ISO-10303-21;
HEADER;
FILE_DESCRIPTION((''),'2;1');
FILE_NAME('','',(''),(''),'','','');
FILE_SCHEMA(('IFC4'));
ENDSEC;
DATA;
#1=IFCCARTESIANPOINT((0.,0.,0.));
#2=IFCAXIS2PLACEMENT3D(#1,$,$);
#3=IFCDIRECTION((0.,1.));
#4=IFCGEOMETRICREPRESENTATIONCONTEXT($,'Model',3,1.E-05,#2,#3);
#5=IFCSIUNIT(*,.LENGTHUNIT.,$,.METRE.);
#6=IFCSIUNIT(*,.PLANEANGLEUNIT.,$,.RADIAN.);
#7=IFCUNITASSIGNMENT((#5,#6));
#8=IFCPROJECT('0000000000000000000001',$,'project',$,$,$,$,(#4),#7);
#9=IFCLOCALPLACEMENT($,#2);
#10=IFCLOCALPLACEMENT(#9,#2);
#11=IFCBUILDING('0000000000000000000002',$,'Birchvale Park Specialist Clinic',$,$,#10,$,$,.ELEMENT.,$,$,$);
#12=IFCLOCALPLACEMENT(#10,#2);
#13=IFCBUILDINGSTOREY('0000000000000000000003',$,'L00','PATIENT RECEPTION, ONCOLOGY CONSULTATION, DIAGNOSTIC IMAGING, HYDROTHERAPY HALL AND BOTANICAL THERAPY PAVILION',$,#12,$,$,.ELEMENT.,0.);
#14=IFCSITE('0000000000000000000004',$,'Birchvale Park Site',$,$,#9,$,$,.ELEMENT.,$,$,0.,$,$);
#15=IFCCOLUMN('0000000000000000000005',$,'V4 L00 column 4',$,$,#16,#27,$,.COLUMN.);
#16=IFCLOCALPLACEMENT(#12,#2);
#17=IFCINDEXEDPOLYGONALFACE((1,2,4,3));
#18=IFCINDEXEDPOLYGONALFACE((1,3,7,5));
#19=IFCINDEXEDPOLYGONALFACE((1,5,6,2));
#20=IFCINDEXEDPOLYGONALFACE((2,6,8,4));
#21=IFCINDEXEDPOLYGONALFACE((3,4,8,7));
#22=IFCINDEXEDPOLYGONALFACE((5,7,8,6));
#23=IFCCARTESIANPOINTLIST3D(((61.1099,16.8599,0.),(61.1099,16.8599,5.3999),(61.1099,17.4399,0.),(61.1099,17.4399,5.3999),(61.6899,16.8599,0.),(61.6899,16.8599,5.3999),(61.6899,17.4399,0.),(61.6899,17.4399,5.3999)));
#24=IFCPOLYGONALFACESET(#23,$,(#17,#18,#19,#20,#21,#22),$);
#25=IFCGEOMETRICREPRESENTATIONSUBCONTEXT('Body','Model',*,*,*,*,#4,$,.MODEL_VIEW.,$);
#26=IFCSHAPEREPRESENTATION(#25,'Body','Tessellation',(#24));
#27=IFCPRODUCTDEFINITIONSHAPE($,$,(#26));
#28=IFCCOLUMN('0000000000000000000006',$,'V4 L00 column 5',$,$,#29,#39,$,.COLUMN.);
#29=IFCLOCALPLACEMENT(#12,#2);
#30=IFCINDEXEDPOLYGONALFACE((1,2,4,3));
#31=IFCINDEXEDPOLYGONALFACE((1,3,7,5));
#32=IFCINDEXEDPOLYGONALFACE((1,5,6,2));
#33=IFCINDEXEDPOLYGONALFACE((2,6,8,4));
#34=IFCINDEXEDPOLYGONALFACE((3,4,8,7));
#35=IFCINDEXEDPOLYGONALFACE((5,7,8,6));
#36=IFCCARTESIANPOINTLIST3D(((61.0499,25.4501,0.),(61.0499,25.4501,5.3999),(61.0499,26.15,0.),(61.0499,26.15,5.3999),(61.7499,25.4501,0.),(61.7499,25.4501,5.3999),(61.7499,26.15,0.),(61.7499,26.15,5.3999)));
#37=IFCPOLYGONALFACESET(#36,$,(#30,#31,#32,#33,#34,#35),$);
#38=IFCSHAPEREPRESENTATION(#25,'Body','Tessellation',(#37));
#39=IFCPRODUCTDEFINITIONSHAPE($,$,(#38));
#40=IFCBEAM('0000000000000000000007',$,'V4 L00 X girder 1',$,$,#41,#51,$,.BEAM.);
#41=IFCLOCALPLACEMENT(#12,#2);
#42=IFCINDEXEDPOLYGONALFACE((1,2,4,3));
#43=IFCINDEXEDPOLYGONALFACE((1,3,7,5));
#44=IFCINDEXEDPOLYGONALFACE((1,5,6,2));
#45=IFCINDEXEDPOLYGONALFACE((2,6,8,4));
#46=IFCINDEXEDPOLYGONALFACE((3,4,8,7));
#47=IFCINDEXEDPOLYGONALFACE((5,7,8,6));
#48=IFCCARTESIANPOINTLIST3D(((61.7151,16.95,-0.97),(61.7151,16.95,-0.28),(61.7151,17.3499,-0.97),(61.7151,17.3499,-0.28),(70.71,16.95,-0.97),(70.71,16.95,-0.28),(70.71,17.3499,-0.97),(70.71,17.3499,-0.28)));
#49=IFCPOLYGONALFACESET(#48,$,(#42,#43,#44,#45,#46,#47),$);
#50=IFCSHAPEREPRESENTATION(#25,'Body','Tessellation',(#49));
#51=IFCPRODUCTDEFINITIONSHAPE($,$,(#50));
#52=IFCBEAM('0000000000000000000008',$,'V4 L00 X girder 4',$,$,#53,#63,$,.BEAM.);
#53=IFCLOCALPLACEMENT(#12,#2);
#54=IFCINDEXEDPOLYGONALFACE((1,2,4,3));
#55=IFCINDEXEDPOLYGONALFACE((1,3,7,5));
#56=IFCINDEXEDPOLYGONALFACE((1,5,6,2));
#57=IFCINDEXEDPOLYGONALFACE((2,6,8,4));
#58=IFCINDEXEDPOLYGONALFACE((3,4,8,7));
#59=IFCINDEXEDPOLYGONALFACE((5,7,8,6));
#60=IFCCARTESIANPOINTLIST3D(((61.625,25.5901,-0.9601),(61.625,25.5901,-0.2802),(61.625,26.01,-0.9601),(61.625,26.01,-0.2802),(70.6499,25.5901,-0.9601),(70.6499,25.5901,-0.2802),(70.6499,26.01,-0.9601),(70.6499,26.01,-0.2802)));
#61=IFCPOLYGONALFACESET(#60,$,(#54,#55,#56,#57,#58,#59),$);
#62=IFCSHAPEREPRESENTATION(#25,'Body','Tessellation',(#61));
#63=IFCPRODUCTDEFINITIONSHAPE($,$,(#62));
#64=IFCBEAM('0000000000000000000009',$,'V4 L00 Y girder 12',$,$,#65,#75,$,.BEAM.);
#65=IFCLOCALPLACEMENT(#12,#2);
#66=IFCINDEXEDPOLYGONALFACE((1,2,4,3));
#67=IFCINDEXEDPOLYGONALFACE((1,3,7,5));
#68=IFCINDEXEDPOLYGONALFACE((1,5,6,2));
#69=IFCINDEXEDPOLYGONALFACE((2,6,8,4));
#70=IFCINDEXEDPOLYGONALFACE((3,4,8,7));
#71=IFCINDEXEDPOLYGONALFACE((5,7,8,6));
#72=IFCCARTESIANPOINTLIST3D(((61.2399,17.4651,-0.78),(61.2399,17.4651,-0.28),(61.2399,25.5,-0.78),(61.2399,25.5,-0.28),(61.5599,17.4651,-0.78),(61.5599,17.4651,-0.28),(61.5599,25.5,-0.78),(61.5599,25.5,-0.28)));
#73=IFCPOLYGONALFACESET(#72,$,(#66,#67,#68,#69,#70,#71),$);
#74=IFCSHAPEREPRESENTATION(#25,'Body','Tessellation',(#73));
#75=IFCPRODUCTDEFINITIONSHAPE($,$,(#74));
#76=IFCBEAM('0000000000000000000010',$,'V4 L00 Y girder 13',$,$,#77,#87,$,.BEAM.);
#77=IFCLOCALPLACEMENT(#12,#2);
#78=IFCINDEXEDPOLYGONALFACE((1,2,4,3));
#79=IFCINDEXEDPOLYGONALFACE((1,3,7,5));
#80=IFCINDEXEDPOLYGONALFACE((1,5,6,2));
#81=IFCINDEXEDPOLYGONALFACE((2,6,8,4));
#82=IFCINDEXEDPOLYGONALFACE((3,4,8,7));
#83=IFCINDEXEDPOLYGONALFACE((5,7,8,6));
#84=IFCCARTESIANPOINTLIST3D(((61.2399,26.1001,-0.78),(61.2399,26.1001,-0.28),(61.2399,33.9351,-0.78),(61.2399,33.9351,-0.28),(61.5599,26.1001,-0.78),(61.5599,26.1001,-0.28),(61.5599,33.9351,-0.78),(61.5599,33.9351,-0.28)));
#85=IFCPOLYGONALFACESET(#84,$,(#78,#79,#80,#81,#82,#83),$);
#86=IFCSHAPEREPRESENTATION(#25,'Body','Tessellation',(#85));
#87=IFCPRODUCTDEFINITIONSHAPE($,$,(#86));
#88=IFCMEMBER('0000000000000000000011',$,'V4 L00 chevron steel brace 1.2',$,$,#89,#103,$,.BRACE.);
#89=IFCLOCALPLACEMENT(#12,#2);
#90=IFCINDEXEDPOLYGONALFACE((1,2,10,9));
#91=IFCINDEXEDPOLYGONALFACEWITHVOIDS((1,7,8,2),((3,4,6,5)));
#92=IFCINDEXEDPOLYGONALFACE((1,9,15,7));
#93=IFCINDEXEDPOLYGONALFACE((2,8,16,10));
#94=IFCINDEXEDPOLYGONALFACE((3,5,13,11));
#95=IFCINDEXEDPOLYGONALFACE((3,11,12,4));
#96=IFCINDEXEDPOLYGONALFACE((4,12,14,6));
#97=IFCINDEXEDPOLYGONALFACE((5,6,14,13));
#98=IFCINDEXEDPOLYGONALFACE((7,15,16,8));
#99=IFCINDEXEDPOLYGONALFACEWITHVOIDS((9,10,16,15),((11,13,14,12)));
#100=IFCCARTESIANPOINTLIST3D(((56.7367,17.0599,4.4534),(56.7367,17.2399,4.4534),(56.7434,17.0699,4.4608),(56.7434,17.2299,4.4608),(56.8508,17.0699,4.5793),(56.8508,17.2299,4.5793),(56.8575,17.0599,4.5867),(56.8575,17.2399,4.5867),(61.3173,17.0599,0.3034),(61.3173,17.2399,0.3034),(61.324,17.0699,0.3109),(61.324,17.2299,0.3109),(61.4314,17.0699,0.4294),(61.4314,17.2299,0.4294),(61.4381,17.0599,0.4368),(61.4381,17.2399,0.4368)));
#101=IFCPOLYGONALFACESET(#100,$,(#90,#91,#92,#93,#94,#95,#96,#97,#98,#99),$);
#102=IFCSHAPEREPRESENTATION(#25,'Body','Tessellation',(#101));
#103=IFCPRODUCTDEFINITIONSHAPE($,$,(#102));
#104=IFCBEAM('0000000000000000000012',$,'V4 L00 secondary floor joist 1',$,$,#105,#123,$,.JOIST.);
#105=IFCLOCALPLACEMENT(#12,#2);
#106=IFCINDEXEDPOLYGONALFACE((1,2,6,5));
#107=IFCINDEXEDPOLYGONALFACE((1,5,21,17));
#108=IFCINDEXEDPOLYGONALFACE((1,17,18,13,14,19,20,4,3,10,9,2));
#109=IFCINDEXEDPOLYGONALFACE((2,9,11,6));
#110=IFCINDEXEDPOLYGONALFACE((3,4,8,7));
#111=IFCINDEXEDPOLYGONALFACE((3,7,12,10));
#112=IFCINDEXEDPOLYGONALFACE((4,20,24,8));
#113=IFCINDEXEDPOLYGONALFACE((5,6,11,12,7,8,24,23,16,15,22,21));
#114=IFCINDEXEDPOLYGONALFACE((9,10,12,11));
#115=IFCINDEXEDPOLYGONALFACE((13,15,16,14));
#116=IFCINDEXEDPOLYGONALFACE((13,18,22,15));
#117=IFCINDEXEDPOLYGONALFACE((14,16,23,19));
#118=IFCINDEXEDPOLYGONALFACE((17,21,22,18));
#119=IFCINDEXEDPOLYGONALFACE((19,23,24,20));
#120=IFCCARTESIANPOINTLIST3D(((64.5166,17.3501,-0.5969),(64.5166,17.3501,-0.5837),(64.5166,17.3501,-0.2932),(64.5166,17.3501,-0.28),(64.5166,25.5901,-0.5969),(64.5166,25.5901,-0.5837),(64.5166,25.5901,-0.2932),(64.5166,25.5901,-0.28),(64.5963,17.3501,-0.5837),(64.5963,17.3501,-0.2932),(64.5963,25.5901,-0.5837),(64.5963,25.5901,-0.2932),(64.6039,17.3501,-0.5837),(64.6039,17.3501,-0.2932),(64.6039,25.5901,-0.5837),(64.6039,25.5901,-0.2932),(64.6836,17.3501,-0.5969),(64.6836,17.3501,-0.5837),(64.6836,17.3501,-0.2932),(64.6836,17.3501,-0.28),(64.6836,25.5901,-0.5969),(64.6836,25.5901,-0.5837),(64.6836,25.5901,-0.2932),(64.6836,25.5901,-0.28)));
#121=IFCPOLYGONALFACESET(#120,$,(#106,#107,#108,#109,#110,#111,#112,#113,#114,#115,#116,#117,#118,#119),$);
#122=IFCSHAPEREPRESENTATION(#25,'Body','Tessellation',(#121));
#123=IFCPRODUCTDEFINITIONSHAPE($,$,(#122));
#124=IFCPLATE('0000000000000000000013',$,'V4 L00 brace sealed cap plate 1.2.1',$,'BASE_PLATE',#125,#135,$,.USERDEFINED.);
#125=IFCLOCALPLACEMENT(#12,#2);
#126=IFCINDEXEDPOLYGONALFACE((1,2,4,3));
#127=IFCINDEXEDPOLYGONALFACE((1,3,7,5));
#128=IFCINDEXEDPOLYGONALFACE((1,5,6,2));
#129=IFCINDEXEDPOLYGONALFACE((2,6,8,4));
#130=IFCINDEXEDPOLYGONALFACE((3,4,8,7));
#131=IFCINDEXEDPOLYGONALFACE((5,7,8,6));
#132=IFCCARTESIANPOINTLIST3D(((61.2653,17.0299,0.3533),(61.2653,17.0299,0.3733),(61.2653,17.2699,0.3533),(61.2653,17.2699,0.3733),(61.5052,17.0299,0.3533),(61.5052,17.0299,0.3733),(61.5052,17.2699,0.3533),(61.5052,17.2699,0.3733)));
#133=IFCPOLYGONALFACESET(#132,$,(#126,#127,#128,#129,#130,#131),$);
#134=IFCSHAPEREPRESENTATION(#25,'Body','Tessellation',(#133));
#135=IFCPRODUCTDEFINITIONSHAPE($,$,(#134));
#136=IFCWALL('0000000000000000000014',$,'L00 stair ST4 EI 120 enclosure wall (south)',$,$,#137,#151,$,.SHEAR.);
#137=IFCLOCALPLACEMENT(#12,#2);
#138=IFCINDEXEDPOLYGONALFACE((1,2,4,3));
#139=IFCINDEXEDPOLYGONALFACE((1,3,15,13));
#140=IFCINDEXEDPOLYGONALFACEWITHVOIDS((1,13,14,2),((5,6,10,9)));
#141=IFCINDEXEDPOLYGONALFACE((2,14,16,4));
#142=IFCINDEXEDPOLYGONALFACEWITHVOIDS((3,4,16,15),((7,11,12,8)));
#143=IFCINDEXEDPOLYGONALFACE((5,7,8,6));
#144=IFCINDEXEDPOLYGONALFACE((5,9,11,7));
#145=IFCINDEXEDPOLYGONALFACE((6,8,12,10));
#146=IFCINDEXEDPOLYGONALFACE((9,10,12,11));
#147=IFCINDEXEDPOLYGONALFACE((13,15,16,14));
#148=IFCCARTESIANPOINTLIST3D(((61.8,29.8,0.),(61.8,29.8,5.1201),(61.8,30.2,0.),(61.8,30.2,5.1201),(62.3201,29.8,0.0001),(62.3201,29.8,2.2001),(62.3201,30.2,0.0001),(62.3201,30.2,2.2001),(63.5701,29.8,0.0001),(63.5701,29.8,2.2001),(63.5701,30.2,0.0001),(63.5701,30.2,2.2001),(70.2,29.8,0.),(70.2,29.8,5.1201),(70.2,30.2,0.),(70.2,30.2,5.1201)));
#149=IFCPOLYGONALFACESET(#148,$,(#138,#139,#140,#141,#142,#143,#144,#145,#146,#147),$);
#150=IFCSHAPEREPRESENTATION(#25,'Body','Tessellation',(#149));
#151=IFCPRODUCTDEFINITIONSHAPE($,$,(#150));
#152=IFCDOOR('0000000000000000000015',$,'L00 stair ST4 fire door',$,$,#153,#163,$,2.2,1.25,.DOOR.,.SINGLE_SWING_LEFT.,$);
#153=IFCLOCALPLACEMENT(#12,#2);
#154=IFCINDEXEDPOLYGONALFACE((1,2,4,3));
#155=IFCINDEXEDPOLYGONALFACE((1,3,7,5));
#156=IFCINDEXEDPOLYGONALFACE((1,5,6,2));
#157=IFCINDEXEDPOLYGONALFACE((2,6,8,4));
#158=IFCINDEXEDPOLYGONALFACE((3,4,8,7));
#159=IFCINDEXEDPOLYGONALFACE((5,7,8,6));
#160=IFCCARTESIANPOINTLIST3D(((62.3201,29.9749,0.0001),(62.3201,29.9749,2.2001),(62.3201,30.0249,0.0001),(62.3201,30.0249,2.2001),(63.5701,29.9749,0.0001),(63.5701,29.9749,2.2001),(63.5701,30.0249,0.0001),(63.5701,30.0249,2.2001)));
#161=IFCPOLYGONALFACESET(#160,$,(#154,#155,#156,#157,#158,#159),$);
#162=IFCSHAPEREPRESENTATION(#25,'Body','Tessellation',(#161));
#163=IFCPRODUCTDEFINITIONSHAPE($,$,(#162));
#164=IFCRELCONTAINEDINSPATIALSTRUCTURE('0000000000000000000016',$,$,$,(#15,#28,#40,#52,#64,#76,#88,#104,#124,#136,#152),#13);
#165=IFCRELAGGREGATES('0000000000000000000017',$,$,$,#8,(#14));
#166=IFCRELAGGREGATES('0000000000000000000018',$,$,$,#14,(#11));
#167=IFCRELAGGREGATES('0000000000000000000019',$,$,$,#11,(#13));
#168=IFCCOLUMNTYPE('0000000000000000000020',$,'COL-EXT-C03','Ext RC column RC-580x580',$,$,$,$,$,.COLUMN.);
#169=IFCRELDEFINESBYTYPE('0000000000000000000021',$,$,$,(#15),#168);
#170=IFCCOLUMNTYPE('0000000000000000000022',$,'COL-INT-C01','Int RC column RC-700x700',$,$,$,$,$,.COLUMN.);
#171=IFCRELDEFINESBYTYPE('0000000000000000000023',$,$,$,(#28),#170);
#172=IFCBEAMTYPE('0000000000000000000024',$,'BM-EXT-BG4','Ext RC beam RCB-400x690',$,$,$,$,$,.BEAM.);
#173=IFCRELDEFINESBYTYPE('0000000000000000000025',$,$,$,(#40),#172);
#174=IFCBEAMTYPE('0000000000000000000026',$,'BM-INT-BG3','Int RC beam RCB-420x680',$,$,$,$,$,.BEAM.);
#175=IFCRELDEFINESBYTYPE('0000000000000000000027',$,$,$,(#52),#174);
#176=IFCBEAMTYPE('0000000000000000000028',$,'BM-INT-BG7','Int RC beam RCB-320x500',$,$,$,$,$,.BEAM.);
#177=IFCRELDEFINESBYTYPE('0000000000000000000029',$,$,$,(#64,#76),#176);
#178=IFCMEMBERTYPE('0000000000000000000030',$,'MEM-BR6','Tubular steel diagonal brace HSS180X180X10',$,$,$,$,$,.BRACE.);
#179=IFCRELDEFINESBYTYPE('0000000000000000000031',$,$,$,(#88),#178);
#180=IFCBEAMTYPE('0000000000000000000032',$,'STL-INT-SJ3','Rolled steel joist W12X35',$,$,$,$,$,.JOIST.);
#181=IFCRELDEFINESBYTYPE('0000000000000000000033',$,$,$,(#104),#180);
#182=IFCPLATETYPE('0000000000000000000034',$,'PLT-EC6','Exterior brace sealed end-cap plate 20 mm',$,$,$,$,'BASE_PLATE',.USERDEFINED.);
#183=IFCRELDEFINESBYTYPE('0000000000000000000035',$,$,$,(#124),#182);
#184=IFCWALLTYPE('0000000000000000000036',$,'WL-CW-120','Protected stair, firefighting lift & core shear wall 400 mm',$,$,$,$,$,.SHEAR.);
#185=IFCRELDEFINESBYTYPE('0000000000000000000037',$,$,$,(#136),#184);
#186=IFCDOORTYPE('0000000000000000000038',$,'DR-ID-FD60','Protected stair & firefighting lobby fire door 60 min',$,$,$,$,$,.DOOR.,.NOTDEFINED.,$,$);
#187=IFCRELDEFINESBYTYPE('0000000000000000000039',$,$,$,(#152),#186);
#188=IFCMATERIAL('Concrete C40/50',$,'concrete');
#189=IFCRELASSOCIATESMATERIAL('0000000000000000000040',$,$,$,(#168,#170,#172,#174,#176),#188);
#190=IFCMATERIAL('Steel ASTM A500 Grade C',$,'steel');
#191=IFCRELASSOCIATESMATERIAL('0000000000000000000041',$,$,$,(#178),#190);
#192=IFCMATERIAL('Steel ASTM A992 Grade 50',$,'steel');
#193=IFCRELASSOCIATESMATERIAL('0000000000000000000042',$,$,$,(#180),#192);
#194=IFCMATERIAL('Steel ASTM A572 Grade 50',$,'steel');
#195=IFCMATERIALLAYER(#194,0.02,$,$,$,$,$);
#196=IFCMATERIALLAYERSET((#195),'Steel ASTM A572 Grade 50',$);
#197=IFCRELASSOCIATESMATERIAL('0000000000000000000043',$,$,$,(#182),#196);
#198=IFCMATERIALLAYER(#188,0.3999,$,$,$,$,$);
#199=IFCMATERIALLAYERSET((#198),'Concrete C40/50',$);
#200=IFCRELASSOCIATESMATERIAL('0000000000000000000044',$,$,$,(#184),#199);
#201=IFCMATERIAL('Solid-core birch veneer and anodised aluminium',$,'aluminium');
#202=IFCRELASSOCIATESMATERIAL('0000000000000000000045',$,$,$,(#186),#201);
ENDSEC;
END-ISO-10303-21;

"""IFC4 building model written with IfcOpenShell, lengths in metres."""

from ifc_helpers import new_model, si_unit, direction, frame, frame_2d, origin, origin_2d, place, context, subcontext, project, spatial, rectangle, hollow_rectangle, i_section, extrude, material, layer, layer_set, material_profile, profile_set, type_object, element, fill, save


model = new_model("IFC4")

# Units and contexts
model_context = context("Model", 3, precision=1e-05, world=origin(), true_north=direction((0.0, 1.0)))
body_context = subcontext(model_context, "Body", "Model", "MODEL_VIEW")
ifc_project = project(units=[si_unit("LENGTHUNIT", "METRE"), si_unit("PLANEANGLEUNIT", "RADIAN")], contexts=[model_context])

# Site, building, storey
site_placement = place(None, origin())
site = spatial("IfcSite", under=ifc_project, at=site_placement, Name="Birchvale Park Site", CompositionType="ELEMENT", RefElevation=0.0)
building_placement = place(site_placement, origin())
building = spatial("IfcBuilding", under=site, at=building_placement, Name="Birchvale Park Specialist Clinic", CompositionType="ELEMENT")
storey_placement = place(building_placement, origin())
storey = spatial("IfcBuildingStorey", under=building, at=storey_placement, Name="L00", Description="PATIENT RECEPTION, ONCOLOGY CONSULTATION, DIAGNOSTIC IMAGING, HYDROTHERAPY HALL AND BOTANICAL THERAPY PAVILION", CompositionType="ELEMENT", Elevation=0.0)

# Columns
ifc_material_1 = material(Name="Concrete C40/50", Category="concrete")
ifc_material_profile_1 = material_profile(ifc_material_1, rectangle(XDim=0.5801, YDim=0.5801, at=origin_2d()), Name="RC-580x580")
ifc_profile_set_1 = profile_set([ifc_material_profile_1], Name="Concrete C40/50")
column_type_1 = type_object("IfcColumnType", Name="COL-EXT-C03", Description="Ext RC column RC-580x580", PredefinedType="COLUMN", material=ifc_profile_set_1)
column_1_placement = place(storey_placement, frame((61.3999, 17.1499, 0.0), z_axis=(0.0, 0.0, 1.0), x_axis=(1.0, 0.0, 0.0)))
element("IfcColumn", 1, at=column_1_placement, inside=storey, type_object=column_type_1, Name="V4 L00 column 4", PredefinedType="COLUMN", context=body_context, shape_type="SweptSolid", body=[
    extrude(rectangle(XDim=0.5801, YDim=0.5801, at=origin_2d()), origin(), (0.0, 0.0, 1.0), 5.3999),
])
ifc_material_profile_2 = material_profile(ifc_material_1, rectangle(XDim=0.7, YDim=0.7, at=origin_2d()), Name="RC-700x700")
ifc_profile_set_2 = profile_set([ifc_material_profile_2], Name="Concrete C40/50")
column_type_2 = type_object("IfcColumnType", Name="COL-INT-C01", Description="Int RC column RC-700x700", PredefinedType="COLUMN", material=ifc_profile_set_2)
column_2_placement = place(storey_placement, frame((61.3999, 25.8, 0.0), z_axis=(0.0, 0.0, 1.0), x_axis=(1.0, 0.0, 0.0)))
element("IfcColumn", 2, at=column_2_placement, inside=storey, type_object=column_type_2, Name="V4 L00 column 5", PredefinedType="COLUMN", context=body_context, shape_type="SweptSolid", body=[
    extrude(rectangle(XDim=0.7, YDim=0.7, at=origin_2d()), origin(), (0.0, 0.0, 1.0), 5.3999),
])

# Beams
ifc_material_profile_3 = material_profile(ifc_material_1, rectangle(XDim=0.3999, YDim=0.6899, at=origin_2d()), Name="RCB-400x690")
ifc_profile_set_3 = profile_set([ifc_material_profile_3], Name="Concrete C40/50")
beam_type_1 = type_object("IfcBeamType", Name="BM-EXT-BG4", Description="Ext RC beam RCB-400x690", PredefinedType="BEAM", material=ifc_profile_set_3)
beam_1_placement = place(storey_placement, frame((61.7151, 17.1499, -0.625), z_axis=(1.0, 0.0, 0.0), x_axis=(0.0, 1.0, 0.0)))
element("IfcBeam", 3, at=beam_1_placement, inside=storey, type_object=beam_type_1, Name="V4 L00 X girder 1", PredefinedType="BEAM", context=body_context, shape_type="SweptSolid", body=[
    extrude(rectangle(XDim=0.3999, YDim=0.6899, at=origin_2d()), origin(), (0.0, 0.0, 1.0), 8.9949),
])
ifc_material_profile_4 = material_profile(ifc_material_1, rectangle(XDim=0.4199, YDim=0.6799, at=origin_2d()), Name="RCB-420x680")
ifc_profile_set_4 = profile_set([ifc_material_profile_4], Name="Concrete C40/50")
beam_type_2 = type_object("IfcBeamType", Name="BM-INT-BG3", Description="Int RC beam RCB-420x680", PredefinedType="BEAM", material=ifc_profile_set_4)
beam_2_placement = place(storey_placement, frame((61.625, 25.8, -0.6201), z_axis=(1.0, 0.0, 0.0), x_axis=(0.0, 1.0, 0.0)))
element("IfcBeam", 4, at=beam_2_placement, inside=storey, type_object=beam_type_2, Name="V4 L00 X girder 4", PredefinedType="BEAM", context=body_context, shape_type="SweptSolid", body=[
    extrude(rectangle(XDim=0.4199, YDim=0.6799, at=origin_2d()), origin(), (0.0, 0.0, 1.0), 9.0249),
])
ifc_material_profile_5 = material_profile(ifc_material_1, rectangle(XDim=0.3201, YDim=0.5, at=origin_2d()), Name="RCB-320x500")
ifc_profile_set_5 = profile_set([ifc_material_profile_5], Name="Concrete C40/50")
beam_type_3 = type_object("IfcBeamType", Name="BM-INT-BG7", Description="Int RC beam RCB-320x500", PredefinedType="BEAM", material=ifc_profile_set_5)
beam_3_placement = place(storey_placement, frame((61.3999, 17.4651, -0.53), z_axis=(0.0, 1.0, 0.0), x_axis=(-1.0, 0.0, 0.0)))
element("IfcBeam", 5, at=beam_3_placement, inside=storey, type_object=beam_type_3, Name="V4 L00 Y girder 12", PredefinedType="BEAM", context=body_context, shape_type="SweptSolid", body=[
    extrude(rectangle(XDim=0.3201, YDim=0.5, at=origin_2d()), origin(), (0.0, 0.0, 1.0), 8.0349),
])
beam_4_placement = place(storey_placement, frame((61.3999, 26.1001, -0.53), z_axis=(0.0, 1.0, 0.0), x_axis=(-1.0, 0.0, 0.0)))
element("IfcBeam", 6, at=beam_4_placement, inside=storey, type_object=beam_type_3, Name="V4 L00 Y girder 13", PredefinedType="BEAM", context=body_context, shape_type="SweptSolid", body=[
    extrude(rectangle(XDim=0.3201, YDim=0.5, at=origin_2d()), origin(), (0.0, 0.0, 1.0), 7.835),
])

# Member
ifc_material_2 = material(Name="Steel ASTM A500 Grade C", Category="steel")
ifc_material_profile_6 = material_profile(ifc_material_2, hollow_rectangle(XDim=0.1799, YDim=0.1799, WallThickness=0.01, at=origin_2d()), Name="HSS180X180X10")
ifc_profile_set_6 = profile_set([ifc_material_profile_6], Name="Steel ASTM A500 Grade C")
member_type = type_object("IfcMemberType", Name="MEM-BR6", Description="Tubular steel diagonal brace HSS180X180X10", PredefinedType="BRACE", material=ifc_profile_set_6)
member_placement = place(storey_placement, frame((61.3777, 17.1499, 0.3701), z_axis=(-0.741086, 0.0, 0.67141), x_axis=(0.0, -1.0, 0.0)))
element("IfcMember", 7, at=member_placement, inside=storey, type_object=member_type, Name="V4 L00 chevron steel brace 1.2", PredefinedType="BRACE", context=body_context, shape_type="SweptSolid", body=[
    extrude(hollow_rectangle(XDim=0.1799, YDim=0.1799, WallThickness=0.01, at=origin_2d()), origin(), (0.0, 0.0, 1.0), 6.1809),
])

# Beam
ifc_material_3 = material(Name="Steel ASTM A992 Grade 50", Category="steel")
ifc_material_profile_7 = material_profile(ifc_material_3, i_section(OverallWidth=0.167, OverallDepth=0.3169, WebThickness=0.0076, FlangeThickness=0.0132, at=origin_2d()), Name="W12X35")
ifc_profile_set_7 = profile_set([ifc_material_profile_7], Name="Steel ASTM A992 Grade 50")
beam_type_4 = type_object("IfcBeamType", Name="STL-INT-SJ3", Description="Rolled steel joist W12X35", PredefinedType="JOIST", material=ifc_profile_set_7)
beam_5_placement = place(storey_placement, frame((64.6001, 17.3501, -0.4385), z_axis=(0.0, 1.0, 0.0), x_axis=(-1.0, 0.0, 0.0)))
element("IfcBeam", 8, at=beam_5_placement, inside=storey, type_object=beam_type_4, Name="V4 L00 secondary floor joist 1", PredefinedType="JOIST", context=body_context, shape_type="SweptSolid", body=[
    extrude(i_section(OverallWidth=0.167, OverallDepth=0.3169, WebThickness=0.0076, FlangeThickness=0.0132, at=origin_2d()), origin(), (0.0, 0.0, 1.0), 8.24),
])

# Plate
ifc_material_4 = material(Name="Steel ASTM A572 Grade 50", Category="steel")
ifc_layer_1 = layer(ifc_material_4, 0.02)
ifc_layer_set_1 = layer_set([ifc_layer_1], Name="Steel ASTM A572 Grade 50")
plate_type = type_object("IfcPlateType", Name="PLT-EC6", Description="Exterior brace sealed end-cap plate 20 mm", ElementType="BASE_PLATE", PredefinedType="USERDEFINED", material=ifc_layer_set_1)
plate_placement = place(storey_placement, frame((61.3853, 17.1499, 0.3533), z_axis=(0.0, 0.0, 1.0), x_axis=(1.0, 0.0, 0.0)))
element("IfcPlate", 9, at=plate_placement, inside=storey, type_object=plate_type, Name="V4 L00 brace sealed cap plate 1.2.1", ObjectType="BASE_PLATE", PredefinedType="USERDEFINED", context=body_context, shape_type="SweptSolid", body=[
    extrude(rectangle(XDim=0.24, YDim=0.24, at=origin_2d()), origin(), (0.0, 0.0, 1.0), 0.02),
])

# Wall, opening, door
ifc_layer_2 = layer(ifc_material_1, 0.3999)
ifc_layer_set_2 = layer_set([ifc_layer_2], Name="Concrete C40/50")
wall_type_1 = type_object("IfcWallType", Name="WL-CW-120", Description="Protected stair, firefighting lift & core shear wall 400 mm", PredefinedType="SHEAR", material=ifc_layer_set_2)
wall_1_placement = place(storey_placement, frame((61.8, 30.0, 0.0), z_axis=(0.0, 0.0, 1.0), x_axis=(1.0, 0.0, 0.0)))
wall_1 = element("IfcWall", 10, at=wall_1_placement, inside=storey, type_object=wall_type_1, Name="L00 stair ST4 EI 120 enclosure wall (south)", PredefinedType="SHEAR", context=body_context, shape_type="SweptSolid", body=[
    extrude(rectangle(XDim=8.3999, YDim=0.3999, at=frame_2d((4.2, 0.0))), origin(), (0.0, 0.0, 1.0), 5.1201),
])
opening_1_placement = place(wall_1_placement, frame((0.52, 0.0, 0.0)))
opening_1 = element("IfcOpeningElement", 11, at=opening_1_placement, cuts=wall_1, PredefinedType="OPENING", context=body_context, shape_type="SweptSolid", body=[
    extrude(rectangle(XDim=1.25, YDim=2.2, at=frame_2d((0.625, 1.1001))), frame((0.0, 0.21, 0.0), z_axis=(0.0, -1.0, 0.0), x_axis=(1.0, 0.0, 0.0)), (0.0, 0.0, 1.0), 0.4199),
])
ifc_material_5 = material(Name="Solid-core birch veneer and anodised aluminium", Category="aluminium")
door_type_1 = type_object("IfcDoorType", Name="DR-ID-FD60", Description="Protected stair & firefighting lobby fire door 60 min", OperationType="NOTDEFINED", PredefinedType="DOOR", material=ifc_material_5)
door_1_placement = place(opening_1_placement, origin())
door_1 = element("IfcDoor", 12, at=door_1_placement, inside=storey, type_object=door_type_1, Name="L00 stair ST4 fire door", OperationType="SINGLE_SWING_LEFT", OverallHeight=2.2, OverallWidth=1.25, PredefinedType="DOOR", context=body_context, shape_type="SweptSolid", body=[
    extrude(rectangle(XDim=1.25, YDim=2.2, at=frame_2d((0.625, 1.1001))), frame((0.0, 0.0249, 0.0), z_axis=(0.0, -1.0, 0.0), x_axis=(1.0, 0.0, 0.0)), (0.0, 0.0, 1.0), 0.05),
])
fill(opening_1, door_1)

save(model, "model.ifc")
